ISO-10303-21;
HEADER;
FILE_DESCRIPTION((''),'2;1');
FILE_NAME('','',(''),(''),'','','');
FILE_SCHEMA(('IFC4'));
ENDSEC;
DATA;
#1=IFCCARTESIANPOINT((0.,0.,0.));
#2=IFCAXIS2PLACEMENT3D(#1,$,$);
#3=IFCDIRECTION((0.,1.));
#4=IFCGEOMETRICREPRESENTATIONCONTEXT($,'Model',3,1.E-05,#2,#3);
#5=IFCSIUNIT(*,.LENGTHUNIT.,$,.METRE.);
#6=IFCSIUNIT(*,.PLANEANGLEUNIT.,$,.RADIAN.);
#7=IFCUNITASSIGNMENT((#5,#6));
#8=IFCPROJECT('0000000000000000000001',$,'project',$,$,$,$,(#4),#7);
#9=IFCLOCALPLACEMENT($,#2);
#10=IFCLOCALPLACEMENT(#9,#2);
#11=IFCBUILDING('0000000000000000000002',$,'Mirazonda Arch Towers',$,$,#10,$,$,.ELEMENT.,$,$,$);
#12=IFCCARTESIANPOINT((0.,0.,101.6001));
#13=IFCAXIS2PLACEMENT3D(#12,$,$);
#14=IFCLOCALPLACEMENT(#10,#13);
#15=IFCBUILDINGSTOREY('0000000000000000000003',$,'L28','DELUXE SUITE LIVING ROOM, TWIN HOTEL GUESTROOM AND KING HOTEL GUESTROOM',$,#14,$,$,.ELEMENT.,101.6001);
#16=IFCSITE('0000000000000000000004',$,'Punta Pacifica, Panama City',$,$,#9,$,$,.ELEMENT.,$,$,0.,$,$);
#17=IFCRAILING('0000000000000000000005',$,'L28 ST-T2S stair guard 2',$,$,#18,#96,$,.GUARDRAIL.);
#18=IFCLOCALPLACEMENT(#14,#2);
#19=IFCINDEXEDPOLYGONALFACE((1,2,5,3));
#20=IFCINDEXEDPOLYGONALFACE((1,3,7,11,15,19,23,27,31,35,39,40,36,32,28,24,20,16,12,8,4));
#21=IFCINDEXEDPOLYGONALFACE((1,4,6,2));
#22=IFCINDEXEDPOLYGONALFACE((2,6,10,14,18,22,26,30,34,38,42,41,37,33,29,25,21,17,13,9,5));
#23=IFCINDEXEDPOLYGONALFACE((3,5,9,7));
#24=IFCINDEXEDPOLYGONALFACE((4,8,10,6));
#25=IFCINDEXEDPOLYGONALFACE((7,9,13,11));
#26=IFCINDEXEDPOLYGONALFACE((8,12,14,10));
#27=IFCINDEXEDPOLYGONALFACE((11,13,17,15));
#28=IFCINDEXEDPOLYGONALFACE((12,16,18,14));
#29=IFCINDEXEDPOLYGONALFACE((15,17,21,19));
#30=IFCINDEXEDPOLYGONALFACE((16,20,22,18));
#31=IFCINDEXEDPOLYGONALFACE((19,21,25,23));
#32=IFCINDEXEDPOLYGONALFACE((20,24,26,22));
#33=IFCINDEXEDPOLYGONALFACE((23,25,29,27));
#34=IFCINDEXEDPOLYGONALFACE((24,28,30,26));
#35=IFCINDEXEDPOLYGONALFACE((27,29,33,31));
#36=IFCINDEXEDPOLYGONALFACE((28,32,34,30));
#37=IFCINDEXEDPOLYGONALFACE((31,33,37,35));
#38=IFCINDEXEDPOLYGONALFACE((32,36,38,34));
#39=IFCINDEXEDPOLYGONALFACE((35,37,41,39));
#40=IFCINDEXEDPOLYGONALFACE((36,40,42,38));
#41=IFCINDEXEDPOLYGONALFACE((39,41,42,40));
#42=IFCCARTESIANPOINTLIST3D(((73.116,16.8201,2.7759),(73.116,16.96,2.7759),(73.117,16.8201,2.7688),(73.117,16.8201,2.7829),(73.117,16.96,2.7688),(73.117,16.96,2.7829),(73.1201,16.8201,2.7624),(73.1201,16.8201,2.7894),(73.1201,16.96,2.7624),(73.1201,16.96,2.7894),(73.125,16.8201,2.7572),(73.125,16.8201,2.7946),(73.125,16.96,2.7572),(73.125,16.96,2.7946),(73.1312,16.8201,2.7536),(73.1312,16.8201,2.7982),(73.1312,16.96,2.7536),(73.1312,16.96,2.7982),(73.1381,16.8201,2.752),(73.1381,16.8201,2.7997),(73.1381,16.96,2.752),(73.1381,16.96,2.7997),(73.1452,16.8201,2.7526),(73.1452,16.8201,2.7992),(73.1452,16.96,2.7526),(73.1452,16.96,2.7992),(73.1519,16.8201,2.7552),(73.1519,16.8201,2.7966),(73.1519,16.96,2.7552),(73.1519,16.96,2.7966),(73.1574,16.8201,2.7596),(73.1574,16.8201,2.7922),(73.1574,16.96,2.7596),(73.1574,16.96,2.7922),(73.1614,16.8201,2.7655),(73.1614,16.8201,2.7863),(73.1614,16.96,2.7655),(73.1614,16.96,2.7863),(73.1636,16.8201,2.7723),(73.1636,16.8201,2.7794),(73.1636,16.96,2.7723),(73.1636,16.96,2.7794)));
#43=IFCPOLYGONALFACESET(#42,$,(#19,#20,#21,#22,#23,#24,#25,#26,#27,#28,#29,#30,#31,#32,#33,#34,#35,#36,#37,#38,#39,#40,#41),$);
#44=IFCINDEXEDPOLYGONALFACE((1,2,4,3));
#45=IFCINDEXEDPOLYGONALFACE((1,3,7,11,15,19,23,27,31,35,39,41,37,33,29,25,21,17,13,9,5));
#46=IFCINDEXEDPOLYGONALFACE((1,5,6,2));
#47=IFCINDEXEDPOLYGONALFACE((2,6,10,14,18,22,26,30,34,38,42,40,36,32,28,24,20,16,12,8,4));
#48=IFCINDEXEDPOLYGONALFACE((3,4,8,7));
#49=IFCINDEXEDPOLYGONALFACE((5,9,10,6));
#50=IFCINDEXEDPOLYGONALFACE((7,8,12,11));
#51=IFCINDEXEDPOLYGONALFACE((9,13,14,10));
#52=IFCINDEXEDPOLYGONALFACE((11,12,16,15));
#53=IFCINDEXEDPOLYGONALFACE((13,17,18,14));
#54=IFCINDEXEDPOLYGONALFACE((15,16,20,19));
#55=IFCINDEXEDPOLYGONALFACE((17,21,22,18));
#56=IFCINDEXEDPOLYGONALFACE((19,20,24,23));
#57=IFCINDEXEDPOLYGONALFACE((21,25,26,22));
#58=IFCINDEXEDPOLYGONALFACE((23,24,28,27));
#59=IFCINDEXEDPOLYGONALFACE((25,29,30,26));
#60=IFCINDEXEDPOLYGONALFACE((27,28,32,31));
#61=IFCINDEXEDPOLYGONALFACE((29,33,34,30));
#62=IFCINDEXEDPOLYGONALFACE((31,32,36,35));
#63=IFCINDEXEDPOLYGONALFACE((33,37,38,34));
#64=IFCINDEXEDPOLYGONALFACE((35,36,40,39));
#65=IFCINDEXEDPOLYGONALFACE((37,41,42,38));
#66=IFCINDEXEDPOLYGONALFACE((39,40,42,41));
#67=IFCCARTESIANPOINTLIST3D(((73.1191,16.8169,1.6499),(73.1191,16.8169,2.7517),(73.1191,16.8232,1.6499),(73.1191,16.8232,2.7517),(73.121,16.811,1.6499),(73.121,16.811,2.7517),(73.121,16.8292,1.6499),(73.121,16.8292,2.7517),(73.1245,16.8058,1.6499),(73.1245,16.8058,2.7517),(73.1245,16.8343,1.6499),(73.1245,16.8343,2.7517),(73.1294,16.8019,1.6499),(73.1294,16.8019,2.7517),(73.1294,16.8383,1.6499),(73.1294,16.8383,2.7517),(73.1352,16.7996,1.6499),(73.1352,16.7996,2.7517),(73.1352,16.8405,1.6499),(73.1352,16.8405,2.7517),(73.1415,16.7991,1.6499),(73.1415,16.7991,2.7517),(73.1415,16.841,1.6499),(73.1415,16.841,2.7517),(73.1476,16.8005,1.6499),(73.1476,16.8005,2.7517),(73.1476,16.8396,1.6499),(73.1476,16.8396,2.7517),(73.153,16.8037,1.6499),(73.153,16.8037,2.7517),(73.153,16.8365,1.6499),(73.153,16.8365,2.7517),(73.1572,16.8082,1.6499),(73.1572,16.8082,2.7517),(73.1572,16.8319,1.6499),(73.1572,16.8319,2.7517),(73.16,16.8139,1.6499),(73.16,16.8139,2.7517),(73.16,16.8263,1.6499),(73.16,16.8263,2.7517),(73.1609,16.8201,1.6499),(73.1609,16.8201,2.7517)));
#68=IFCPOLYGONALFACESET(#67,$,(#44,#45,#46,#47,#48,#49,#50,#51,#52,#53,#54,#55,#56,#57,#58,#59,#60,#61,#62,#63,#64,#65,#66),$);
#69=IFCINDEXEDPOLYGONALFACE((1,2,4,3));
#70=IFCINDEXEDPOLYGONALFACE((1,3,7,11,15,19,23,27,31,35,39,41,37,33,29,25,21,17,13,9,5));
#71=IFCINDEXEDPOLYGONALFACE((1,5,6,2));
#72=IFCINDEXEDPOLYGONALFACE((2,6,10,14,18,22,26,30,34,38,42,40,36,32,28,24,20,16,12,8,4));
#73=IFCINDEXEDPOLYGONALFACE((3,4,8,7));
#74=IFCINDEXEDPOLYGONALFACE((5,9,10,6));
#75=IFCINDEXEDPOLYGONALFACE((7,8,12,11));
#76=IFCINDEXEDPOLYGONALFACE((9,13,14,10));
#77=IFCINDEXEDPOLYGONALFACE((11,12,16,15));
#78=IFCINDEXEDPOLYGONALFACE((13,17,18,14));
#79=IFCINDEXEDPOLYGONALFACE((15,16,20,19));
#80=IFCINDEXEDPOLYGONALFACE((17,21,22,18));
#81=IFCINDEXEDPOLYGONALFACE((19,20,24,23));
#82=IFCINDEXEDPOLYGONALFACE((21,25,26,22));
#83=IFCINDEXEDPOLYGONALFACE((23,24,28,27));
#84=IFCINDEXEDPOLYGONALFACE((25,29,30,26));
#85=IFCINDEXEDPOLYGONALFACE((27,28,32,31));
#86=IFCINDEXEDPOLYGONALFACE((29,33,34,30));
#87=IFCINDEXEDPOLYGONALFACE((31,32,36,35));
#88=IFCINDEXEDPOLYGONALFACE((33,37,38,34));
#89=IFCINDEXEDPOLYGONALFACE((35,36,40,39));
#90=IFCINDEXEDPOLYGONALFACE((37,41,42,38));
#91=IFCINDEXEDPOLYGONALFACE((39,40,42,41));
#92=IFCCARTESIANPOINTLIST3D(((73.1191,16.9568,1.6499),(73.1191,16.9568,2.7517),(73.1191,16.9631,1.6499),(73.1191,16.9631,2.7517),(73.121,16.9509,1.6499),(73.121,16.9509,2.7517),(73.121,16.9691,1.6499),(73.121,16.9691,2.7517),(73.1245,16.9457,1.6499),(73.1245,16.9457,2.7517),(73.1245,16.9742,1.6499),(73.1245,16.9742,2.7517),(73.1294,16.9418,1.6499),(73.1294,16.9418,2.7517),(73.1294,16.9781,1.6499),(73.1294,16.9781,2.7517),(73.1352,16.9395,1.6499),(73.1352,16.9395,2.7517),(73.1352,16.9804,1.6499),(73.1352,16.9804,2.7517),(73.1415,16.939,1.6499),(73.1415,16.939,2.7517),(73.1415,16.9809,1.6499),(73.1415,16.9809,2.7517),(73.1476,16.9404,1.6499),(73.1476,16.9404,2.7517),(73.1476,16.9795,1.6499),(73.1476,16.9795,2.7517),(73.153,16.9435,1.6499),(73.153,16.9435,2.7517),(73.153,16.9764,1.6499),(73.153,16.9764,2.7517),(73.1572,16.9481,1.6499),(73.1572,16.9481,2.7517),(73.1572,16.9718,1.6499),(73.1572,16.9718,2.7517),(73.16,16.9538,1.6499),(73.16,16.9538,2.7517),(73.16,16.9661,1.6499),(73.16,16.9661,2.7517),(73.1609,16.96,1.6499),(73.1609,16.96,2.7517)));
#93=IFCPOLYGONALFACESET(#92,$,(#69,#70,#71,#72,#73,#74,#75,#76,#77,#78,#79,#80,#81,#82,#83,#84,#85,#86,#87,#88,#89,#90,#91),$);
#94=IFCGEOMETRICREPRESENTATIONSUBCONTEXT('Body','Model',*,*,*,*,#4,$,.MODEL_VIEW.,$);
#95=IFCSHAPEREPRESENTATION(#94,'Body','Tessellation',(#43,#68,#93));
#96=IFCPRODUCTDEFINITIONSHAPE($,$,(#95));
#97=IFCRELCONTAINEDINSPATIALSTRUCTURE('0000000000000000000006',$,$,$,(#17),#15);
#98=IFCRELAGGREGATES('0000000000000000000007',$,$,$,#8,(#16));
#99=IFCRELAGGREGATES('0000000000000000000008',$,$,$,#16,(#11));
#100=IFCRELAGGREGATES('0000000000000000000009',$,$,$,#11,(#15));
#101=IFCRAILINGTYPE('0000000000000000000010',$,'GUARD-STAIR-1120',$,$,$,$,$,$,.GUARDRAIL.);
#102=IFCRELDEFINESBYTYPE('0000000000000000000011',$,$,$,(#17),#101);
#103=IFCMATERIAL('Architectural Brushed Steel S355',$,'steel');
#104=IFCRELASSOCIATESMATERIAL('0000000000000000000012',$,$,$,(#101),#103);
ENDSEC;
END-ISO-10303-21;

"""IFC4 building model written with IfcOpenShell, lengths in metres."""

from ifc_helpers import new_model, si_unit, direction, frame, origin, origin_2d, place, context, subcontext, project, spatial, circle, extrude, material, type_object, element, save


model = new_model("IFC4")

# Units and contexts
model_context = context("Model", 3, precision=1e-05, world=origin(), true_north=direction((0.0, 1.0)))
body_context = subcontext(model_context, "Body", "Model", "MODEL_VIEW")
ifc_project = project(units=[si_unit("LENGTHUNIT", "METRE"), si_unit("PLANEANGLEUNIT", "RADIAN")], contexts=[model_context])

# Site, building, storey
site_placement = place(None, origin())
site = spatial("IfcSite", under=ifc_project, at=site_placement, Name="Punta Pacifica, Panama City", CompositionType="ELEMENT", RefElevation=0.0)
building_placement = place(site_placement, origin())
building = spatial("IfcBuilding", under=site, at=building_placement, Name="Mirazonda Arch Towers", CompositionType="ELEMENT")
storey_placement = place(building_placement, frame((0.0, 0.0, 101.6001)))
storey = spatial("IfcBuildingStorey", under=building, at=storey_placement, Name="L28", Description="DELUXE SUITE LIVING ROOM, TWIN HOTEL GUESTROOM AND KING HOTEL GUESTROOM", CompositionType="ELEMENT", Elevation=101.6001)

# Railing
ifc_material_1 = material(Name="Architectural Brushed Steel S355", Category="steel")
railing_type_1 = type_object("IfcRailingType", Name="GUARD-STAIR-1120", PredefinedType="GUARDRAIL", material=ifc_material_1)
railing_1_placement = place(storey_placement, frame((73.1399, 16.8201, 1.6499)))
element("IfcRailing", 1, at=railing_1_placement, inside=storey, type_object=railing_type_1, Name="L28 ST-T2S stair guard 2", PredefinedType="GUARDRAIL", context=body_context, shape_type="SweptSolid", body=[
    extrude(circle(Radius=0.0239, at=origin_2d()), frame((0.0, 0.0, 1.126), z_axis=(0.0, 1.0, 0.0), x_axis=(-1.0, 0.0, 0.0)), (0.0, 0.0, 1.0), 0.1399),
    extrude(circle(Radius=0.021, at=origin_2d()), origin(), (0.0, 0.0, 1.0), 1.1018),
    extrude(circle(Radius=0.021, at=origin_2d()), frame((0.0, 0.1399, 0.0)), (0.0, 0.0, 1.0), 1.1018),
])

save(model, "model.ifc")
